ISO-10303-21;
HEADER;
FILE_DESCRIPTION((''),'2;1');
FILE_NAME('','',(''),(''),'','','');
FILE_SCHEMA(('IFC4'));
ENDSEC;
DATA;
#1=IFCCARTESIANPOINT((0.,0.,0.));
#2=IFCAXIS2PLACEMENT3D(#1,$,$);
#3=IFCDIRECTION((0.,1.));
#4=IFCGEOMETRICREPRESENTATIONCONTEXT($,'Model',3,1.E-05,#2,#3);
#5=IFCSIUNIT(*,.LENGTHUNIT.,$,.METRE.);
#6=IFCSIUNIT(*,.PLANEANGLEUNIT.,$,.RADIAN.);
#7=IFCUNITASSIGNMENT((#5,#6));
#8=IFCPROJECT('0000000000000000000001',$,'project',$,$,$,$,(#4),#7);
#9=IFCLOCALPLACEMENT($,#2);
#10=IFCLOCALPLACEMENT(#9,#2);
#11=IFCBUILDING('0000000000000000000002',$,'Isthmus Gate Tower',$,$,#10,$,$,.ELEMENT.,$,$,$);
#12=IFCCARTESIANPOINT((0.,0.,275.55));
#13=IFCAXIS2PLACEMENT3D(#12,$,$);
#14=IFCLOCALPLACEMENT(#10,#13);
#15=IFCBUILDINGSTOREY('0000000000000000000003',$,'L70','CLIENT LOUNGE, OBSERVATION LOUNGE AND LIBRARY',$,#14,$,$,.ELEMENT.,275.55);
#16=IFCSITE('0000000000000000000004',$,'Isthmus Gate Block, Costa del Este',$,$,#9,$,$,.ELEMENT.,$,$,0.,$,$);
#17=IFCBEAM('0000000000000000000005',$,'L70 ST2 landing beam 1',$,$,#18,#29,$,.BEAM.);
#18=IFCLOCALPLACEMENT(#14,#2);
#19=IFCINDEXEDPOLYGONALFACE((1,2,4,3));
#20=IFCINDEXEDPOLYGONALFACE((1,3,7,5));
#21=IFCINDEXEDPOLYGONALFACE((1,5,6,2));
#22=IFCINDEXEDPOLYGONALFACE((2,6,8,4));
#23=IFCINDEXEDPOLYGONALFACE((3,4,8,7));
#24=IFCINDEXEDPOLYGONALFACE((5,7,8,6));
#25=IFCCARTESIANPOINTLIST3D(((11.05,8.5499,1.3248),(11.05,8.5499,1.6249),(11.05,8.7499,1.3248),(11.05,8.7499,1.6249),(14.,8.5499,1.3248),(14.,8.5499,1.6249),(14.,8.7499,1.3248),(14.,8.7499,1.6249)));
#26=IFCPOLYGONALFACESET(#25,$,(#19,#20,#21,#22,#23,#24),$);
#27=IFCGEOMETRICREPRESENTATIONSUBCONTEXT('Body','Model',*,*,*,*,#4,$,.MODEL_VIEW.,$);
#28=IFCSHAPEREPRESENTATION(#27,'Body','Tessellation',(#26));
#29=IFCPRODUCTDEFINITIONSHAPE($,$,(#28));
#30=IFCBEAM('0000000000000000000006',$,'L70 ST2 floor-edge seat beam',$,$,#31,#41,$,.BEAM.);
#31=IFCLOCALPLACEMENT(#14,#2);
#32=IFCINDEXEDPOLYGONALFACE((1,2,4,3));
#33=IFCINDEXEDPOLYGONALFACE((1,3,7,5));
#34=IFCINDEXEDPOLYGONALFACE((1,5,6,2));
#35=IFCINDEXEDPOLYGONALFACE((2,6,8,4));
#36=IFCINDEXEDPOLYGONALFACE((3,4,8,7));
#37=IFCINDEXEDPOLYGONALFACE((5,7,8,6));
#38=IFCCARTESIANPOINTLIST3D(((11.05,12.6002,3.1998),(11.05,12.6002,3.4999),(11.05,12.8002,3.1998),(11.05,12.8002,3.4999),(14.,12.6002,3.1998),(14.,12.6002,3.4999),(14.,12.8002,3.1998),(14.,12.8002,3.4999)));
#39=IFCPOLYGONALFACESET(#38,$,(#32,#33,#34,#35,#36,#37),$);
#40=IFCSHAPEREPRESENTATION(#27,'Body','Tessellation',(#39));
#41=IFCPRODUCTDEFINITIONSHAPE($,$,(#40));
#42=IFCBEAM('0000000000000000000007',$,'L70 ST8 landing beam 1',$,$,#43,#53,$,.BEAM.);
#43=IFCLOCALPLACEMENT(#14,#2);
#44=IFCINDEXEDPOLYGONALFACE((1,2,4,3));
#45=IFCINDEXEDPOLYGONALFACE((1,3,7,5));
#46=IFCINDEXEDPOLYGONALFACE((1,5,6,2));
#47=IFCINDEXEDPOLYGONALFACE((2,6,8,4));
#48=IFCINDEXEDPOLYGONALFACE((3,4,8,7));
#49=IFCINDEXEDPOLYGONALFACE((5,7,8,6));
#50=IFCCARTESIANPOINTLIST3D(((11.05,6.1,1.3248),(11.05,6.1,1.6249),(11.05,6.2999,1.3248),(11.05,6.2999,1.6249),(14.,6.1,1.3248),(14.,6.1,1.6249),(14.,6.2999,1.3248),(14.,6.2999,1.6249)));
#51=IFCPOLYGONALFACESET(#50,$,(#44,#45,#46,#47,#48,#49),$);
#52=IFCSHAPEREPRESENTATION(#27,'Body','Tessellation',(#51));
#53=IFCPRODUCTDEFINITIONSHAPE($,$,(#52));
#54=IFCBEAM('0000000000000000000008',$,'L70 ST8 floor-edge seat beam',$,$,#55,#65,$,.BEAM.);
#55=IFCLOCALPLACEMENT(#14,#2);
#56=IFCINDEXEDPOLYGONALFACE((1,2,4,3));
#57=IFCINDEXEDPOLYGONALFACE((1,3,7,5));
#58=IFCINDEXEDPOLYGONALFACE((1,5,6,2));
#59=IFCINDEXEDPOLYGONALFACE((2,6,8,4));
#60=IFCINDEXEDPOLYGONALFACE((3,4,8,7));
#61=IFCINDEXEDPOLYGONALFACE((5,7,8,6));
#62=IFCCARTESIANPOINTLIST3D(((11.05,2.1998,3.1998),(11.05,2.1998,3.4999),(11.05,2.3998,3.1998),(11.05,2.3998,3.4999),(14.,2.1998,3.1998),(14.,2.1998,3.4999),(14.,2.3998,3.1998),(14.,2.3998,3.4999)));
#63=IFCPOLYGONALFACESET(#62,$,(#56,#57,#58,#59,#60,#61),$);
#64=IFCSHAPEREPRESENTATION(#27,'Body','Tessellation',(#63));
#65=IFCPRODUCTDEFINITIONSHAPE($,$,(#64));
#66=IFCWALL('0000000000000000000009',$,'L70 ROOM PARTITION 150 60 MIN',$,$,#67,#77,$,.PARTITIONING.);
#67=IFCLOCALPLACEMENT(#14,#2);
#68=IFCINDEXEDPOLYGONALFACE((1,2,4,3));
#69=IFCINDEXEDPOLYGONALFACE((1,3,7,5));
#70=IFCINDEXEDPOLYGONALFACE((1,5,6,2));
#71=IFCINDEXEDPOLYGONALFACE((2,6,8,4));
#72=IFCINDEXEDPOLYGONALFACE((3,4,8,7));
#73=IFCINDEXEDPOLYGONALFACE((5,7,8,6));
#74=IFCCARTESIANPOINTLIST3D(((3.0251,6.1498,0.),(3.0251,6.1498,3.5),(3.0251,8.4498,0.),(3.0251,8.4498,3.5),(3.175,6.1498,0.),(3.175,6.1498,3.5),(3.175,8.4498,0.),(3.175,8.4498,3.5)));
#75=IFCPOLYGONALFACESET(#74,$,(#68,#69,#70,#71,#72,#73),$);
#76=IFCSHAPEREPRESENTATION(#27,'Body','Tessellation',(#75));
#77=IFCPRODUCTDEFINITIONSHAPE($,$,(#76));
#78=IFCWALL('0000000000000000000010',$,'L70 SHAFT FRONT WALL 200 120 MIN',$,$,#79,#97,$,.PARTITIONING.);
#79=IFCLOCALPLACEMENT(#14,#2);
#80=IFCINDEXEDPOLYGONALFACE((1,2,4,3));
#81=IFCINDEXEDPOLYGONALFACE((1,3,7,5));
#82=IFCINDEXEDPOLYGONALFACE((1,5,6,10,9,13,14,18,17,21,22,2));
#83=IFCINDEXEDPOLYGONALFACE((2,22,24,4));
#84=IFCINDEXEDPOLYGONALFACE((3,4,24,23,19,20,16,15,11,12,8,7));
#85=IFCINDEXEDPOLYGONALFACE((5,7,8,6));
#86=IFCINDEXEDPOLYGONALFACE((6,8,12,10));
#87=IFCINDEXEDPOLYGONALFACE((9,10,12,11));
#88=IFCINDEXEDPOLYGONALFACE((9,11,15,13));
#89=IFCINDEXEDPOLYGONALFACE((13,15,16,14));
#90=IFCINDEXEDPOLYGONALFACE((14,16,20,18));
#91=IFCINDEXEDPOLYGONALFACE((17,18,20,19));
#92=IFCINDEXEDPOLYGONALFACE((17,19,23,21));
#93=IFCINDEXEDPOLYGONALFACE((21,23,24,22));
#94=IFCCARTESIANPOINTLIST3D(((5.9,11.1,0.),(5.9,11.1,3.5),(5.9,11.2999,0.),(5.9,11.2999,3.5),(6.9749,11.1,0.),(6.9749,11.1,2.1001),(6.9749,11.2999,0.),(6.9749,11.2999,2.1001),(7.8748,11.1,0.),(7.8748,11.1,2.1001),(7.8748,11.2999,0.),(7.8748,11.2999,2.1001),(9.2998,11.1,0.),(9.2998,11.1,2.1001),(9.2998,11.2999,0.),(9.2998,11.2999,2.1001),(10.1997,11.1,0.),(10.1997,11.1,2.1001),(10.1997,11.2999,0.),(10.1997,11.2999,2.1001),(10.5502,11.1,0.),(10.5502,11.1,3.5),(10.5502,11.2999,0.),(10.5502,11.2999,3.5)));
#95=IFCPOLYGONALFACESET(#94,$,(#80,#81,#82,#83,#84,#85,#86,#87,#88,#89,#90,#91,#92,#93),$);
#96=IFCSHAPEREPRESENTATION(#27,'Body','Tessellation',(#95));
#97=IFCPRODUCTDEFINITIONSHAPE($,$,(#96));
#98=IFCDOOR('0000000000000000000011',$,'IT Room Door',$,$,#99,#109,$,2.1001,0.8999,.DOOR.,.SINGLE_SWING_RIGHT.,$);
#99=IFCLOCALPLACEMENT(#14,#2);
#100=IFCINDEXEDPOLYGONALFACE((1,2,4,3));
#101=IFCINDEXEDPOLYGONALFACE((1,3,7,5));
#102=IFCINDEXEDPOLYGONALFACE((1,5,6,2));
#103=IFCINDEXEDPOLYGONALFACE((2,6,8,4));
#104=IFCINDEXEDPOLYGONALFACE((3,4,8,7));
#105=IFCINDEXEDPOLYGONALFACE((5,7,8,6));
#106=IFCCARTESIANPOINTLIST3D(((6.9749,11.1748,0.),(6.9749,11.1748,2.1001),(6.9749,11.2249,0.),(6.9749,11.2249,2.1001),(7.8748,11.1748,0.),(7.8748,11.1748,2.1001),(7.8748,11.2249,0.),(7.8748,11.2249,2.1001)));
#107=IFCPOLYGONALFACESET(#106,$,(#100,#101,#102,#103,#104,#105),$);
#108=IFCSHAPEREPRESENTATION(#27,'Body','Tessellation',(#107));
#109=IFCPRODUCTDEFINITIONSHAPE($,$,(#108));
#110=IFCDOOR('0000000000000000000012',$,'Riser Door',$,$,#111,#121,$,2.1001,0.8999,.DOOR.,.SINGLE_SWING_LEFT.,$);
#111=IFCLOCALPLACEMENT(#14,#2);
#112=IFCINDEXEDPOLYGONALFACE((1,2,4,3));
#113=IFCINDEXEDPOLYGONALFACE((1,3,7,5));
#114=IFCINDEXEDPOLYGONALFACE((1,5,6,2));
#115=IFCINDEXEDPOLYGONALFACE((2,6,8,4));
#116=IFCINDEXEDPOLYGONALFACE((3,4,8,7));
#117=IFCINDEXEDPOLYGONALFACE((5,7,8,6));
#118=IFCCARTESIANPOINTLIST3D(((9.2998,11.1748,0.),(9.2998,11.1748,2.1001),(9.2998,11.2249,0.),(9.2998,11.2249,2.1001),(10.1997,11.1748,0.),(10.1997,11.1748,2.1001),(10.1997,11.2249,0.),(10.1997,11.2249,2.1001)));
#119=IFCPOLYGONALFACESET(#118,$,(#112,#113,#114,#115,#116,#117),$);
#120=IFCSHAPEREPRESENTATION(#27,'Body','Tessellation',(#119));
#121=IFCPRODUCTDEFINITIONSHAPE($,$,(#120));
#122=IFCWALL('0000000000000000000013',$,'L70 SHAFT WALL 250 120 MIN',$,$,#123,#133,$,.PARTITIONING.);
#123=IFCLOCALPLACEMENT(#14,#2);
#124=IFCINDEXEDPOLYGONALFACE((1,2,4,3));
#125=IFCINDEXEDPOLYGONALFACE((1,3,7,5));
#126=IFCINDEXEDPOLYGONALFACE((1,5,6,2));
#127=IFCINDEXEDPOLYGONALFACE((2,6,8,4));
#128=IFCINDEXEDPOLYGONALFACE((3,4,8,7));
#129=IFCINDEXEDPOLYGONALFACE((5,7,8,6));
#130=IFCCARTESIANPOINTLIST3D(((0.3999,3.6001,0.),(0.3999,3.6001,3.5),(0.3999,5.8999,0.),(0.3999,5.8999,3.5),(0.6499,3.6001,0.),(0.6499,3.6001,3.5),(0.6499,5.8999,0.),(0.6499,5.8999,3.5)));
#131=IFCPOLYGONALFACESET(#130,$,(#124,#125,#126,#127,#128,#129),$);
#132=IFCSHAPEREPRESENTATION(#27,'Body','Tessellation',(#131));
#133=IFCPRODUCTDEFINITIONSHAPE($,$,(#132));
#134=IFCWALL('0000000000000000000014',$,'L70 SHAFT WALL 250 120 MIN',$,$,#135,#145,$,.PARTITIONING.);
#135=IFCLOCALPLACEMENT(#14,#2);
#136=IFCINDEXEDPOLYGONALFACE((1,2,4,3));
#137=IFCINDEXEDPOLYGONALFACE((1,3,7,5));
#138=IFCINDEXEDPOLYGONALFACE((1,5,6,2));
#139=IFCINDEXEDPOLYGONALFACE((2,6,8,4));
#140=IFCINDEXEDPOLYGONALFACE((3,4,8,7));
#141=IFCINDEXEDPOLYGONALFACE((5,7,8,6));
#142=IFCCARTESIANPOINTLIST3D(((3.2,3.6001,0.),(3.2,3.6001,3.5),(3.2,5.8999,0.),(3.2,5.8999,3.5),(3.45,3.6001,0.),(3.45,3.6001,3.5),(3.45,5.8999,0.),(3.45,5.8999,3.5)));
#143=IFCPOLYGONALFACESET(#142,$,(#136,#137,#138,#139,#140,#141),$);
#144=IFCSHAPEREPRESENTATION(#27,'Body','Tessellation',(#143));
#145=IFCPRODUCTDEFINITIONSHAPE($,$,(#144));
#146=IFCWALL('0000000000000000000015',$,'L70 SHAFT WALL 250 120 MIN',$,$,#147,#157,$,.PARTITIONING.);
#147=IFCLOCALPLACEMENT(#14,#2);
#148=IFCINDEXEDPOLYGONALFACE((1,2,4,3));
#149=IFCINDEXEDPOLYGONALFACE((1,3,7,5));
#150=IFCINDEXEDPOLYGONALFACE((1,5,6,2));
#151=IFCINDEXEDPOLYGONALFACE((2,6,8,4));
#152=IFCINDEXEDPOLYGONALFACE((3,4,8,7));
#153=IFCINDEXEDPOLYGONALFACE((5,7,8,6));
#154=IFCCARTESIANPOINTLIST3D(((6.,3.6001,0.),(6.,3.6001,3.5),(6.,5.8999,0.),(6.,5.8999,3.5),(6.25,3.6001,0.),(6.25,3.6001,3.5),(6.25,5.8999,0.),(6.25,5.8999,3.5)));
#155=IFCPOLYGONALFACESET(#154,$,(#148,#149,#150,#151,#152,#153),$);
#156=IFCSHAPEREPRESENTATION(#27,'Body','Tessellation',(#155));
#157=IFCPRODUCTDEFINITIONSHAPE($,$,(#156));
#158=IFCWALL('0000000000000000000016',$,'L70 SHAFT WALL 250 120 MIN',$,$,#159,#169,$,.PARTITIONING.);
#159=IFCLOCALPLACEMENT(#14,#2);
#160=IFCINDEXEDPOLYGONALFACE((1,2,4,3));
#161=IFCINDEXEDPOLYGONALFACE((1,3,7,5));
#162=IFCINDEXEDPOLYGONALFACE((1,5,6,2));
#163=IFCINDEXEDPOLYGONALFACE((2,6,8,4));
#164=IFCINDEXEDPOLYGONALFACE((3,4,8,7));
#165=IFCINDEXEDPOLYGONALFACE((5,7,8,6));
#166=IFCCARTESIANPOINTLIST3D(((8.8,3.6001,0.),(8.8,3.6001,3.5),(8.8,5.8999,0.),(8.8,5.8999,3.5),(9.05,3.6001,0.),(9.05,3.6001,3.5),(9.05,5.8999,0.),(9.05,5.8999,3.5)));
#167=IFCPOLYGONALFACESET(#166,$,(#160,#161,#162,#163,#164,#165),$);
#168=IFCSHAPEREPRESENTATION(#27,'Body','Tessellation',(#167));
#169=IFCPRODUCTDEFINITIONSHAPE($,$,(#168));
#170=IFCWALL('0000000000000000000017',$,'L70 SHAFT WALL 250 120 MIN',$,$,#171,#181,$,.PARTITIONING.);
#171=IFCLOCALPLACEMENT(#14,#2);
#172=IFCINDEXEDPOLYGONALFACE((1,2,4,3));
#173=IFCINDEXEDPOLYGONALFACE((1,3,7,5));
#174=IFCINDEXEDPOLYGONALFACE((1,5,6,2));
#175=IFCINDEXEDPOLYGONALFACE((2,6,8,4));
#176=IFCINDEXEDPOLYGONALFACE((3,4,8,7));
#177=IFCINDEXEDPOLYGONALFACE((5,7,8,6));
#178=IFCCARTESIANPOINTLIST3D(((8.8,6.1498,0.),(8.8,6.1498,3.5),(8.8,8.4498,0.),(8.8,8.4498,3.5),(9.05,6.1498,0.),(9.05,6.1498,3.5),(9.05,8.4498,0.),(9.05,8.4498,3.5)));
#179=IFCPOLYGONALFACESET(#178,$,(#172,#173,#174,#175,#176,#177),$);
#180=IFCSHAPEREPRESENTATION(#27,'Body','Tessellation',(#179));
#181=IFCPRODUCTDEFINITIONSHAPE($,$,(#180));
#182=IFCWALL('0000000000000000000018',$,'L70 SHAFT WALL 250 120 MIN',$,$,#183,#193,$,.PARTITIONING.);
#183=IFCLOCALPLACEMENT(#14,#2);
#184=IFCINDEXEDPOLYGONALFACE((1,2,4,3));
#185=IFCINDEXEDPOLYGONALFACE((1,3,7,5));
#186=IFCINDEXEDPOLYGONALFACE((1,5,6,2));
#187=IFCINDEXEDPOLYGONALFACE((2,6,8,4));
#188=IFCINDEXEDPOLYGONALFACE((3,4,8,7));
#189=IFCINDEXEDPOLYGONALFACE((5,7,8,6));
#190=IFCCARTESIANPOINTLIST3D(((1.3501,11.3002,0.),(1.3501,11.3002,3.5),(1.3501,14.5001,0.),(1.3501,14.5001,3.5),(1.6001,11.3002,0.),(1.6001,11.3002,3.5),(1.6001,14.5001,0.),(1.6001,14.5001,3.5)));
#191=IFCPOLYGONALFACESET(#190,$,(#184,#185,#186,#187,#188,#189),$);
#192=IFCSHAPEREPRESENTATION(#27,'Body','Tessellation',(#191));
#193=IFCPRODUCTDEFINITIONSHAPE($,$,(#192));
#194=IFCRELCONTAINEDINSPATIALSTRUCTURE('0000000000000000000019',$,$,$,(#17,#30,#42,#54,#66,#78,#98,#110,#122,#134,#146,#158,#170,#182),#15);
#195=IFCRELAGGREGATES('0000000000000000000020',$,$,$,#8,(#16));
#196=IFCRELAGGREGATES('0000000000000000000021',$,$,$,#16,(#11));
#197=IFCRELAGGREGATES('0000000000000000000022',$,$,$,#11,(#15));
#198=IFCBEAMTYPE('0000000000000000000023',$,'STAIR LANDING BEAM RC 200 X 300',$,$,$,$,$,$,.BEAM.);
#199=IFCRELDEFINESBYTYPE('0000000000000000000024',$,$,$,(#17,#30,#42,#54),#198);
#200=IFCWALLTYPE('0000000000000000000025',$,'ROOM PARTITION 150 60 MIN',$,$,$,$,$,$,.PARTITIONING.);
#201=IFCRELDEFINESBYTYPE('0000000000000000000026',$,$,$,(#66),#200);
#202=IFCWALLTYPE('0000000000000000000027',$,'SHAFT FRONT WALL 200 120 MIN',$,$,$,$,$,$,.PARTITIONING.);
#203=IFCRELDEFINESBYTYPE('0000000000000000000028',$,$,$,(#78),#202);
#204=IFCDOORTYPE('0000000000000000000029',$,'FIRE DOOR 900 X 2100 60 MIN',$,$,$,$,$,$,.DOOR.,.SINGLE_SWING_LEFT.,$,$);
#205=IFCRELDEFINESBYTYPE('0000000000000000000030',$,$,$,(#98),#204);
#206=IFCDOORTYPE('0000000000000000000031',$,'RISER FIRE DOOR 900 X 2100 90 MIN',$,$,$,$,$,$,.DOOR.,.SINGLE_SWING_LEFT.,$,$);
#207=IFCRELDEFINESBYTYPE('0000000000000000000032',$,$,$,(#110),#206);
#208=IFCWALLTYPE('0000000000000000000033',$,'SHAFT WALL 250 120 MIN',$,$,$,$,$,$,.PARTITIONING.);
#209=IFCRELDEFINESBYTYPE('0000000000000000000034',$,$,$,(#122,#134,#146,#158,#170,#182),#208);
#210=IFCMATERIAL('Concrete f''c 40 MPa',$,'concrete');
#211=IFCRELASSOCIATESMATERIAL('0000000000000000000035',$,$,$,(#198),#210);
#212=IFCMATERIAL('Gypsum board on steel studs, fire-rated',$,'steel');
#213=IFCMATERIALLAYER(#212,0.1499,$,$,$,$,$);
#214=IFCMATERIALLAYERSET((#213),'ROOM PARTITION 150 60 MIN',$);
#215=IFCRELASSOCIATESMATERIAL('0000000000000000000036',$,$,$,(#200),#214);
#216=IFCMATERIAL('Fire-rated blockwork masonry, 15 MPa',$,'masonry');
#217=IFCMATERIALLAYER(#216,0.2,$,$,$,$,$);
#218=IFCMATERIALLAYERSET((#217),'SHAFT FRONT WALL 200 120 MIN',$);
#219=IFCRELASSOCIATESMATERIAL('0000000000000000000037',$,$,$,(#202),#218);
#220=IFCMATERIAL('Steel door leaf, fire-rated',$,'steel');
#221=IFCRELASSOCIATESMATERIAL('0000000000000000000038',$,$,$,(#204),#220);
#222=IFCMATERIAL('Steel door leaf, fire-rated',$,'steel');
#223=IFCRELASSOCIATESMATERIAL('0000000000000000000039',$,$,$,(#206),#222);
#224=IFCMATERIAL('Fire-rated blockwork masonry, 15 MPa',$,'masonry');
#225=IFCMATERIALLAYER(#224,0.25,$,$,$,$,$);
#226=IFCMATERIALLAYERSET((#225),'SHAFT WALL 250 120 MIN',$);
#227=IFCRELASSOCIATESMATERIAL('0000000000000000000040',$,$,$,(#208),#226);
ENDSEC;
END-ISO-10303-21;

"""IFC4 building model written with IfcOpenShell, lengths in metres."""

from ifc_helpers import new_model, si_unit, direction, frame, frame_2d, origin, origin_2d, place, context, subcontext, project, spatial, rectangle, extrude, material, layer, layer_set, material_profile, profile_set, type_object, element, fill, save


model = new_model("IFC4")

# Units and contexts
model_context = context("Model", 3, precision=1e-05, world=origin(), true_north=direction((0.0, 1.0)))
body_context = subcontext(model_context, "Body", "Model", "MODEL_VIEW")
ifc_project = project(units=[si_unit("LENGTHUNIT", "METRE"), si_unit("PLANEANGLEUNIT", "RADIAN")], contexts=[model_context])

# Site, building, storey
site_placement = place(None, origin())
site = spatial("IfcSite", under=ifc_project, at=site_placement, Name="Isthmus Gate Block, Costa del Este", CompositionType="ELEMENT", RefElevation=0.0)
building_placement = place(site_placement, origin())
building = spatial("IfcBuilding", under=site, at=building_placement, Name="Isthmus Gate Tower", CompositionType="ELEMENT")
storey_placement = place(building_placement, frame((0.0, 0.0, 275.55)))
storey = spatial("IfcBuildingStorey", under=building, at=storey_placement, Name="L70", Description="CLIENT LOUNGE, OBSERVATION LOUNGE AND LIBRARY", CompositionType="ELEMENT", Elevation=275.55)

# Beams
ifc_material_1 = material(Name="Concrete f'c 40 MPa", Category="concrete")
ifc_material_profile = material_profile(ifc_material_1, rectangle(XDim=0.2, YDim=0.3, at=origin_2d()), Name="STAIR LANDING BEAM RC 200 X 300")
ifc_profile_set = profile_set([ifc_material_profile], Name="Concrete f'c 40 MPa")
beam_type = type_object("IfcBeamType", Name="STAIR LANDING BEAM RC 200 X 300", PredefinedType="BEAM", material=ifc_profile_set)
for number, where, z_axis, x_axis, name in (
    (1, (11.05, 8.6499, 1.4749), (1.0, 0.0, 0.0), (0.0, 1.0, 0.0), "L70 ST2 landing beam 1"),
    (2, (11.05, 12.7002, 3.3499), (1.0, 0.0, 0.0), (0.0, 1.0, 0.0), "L70 ST2 floor-edge seat beam"),
    (3, (11.05, 6.2, 1.4749), (1.0, 0.0, 0.0), (0.0, 1.0, 0.0), "L70 ST8 landing beam 1"),
    (4, (11.05, 2.2998, 3.3499), (1.0, 0.0, 0.0), (0.0, 1.0, 0.0), "L70 ST8 floor-edge seat beam"),
):
    element("IfcBeam", number, at=place(storey_placement, frame(where, z_axis=z_axis, x_axis=x_axis)), inside=storey, type_object=beam_type, Name=name, PredefinedType="BEAM", context=body_context, shape_type="SweptSolid", body=[
        extrude(rectangle(XDim=0.2, YDim=0.3, at=origin_2d()), origin(), (0.0, 0.0, 1.0), 2.95),
    ])

# Wall
ifc_material_2 = material(Name="Gypsum board on steel studs, fire-rated", Category="steel")
ifc_layer_1 = layer(ifc_material_2, 0.1499)
ifc_layer_set_1 = layer_set([ifc_layer_1], Name="ROOM PARTITION 150 60 MIN")
wall_type_1 = type_object("IfcWallType", Name="ROOM PARTITION 150 60 MIN", PredefinedType="PARTITIONING", material=ifc_layer_set_1)
wall_1_placement = place(storey_placement, frame((3.1001, 6.1499, 0.0), z_axis=(0.0, 0.0, 1.0), x_axis=(0.0, 1.0, 0.0)))
element("IfcWall", 5, at=wall_1_placement, inside=storey, type_object=wall_type_1, Name="L70 ROOM PARTITION 150 60 MIN", PredefinedType="PARTITIONING", context=body_context, shape_type="SweptSolid", body=[
    extrude(rectangle(XDim=2.3, YDim=0.1499, at=frame_2d((1.1499, 0.0))), origin(), (0.0, 0.0, 1.0), 3.5),
])

# Wall, openings, doors
ifc_material_3 = material(Name="Fire-rated blockwork masonry, 15 MPa", Category="masonry")
ifc_layer_2 = layer(ifc_material_3, 0.2)
ifc_layer_set_2 = layer_set([ifc_layer_2], Name="SHAFT FRONT WALL 200 120 MIN")
wall_type_2 = type_object("IfcWallType", Name="SHAFT FRONT WALL 200 120 MIN", PredefinedType="PARTITIONING", material=ifc_layer_set_2)
wall_2_placement = place(storey_placement, frame((5.8999, 11.2, 0.0), z_axis=(0.0, 0.0, 1.0), x_axis=(1.0, 0.0, 0.0)))
wall_2 = element("IfcWall", 6, at=wall_2_placement, inside=storey, type_object=wall_type_2, Name="L70 SHAFT FRONT WALL 200 120 MIN", PredefinedType="PARTITIONING", context=body_context, shape_type="SweptSolid", body=[
    extrude(rectangle(XDim=4.6501, YDim=0.2, at=frame_2d((2.3252, 0.0))), origin(), (0.0, 0.0, 1.0), 3.5),
])
opening_1_placement = place(wall_2_placement, frame((1.075, 0.0, 0.0)))
opening_1 = element("IfcOpeningElement", 7, at=opening_1_placement, cuts=wall_2, PredefinedType="OPENING", context=body_context, shape_type="SweptSolid", body=[
    extrude(rectangle(XDim=0.8999, YDim=2.1001, at=frame_2d((0.45, 1.05))), frame((0.0, 0.1099, 0.0), z_axis=(0.0, -1.0, 0.0), x_axis=(1.0, 0.0, 0.0)), (0.0, 0.0, 1.0), 0.22),
])
opening_2_placement = place(wall_2_placement, frame((3.3999, 0.0, 0.0)))
opening_2 = element("IfcOpeningElement", 8, at=opening_2_placement, cuts=wall_2, PredefinedType="OPENING", context=body_context, shape_type="SweptSolid", body=[
    extrude(rectangle(XDim=0.8999, YDim=2.1001, at=frame_2d((0.45, 1.05))), frame((0.0, 0.1099, 0.0), z_axis=(0.0, -1.0, 0.0), x_axis=(1.0, 0.0, 0.0)), (0.0, 0.0, 1.0), 0.22),
])
ifc_material_4 = material(Name="Steel door leaf, fire-rated", Category="steel")
door_type_1 = type_object("IfcDoorType", Name="FIRE DOOR 900 X 2100 60 MIN", OperationType="SINGLE_SWING_LEFT", PredefinedType="DOOR", material=ifc_material_4)
door_1_placement = place(opening_1_placement, origin())
door_1 = element("IfcDoor", 9, at=door_1_placement, inside=storey, type_object=door_type_1, Name="IT Room Door", OperationType="SINGLE_SWING_RIGHT", OverallHeight=2.1001, OverallWidth=0.8999, PredefinedType="DOOR", context=body_context, shape_type="SweptSolid", body=[
    extrude(rectangle(XDim=0.8999, YDim=2.1001, at=frame_2d((0.45, 1.05))), frame((0.0, 0.0249, 0.0), z_axis=(0.0, -1.0, 0.0), x_axis=(1.0, 0.0, 0.0)), (0.0, 0.0, 1.0), 0.05),
])
fill(opening_1, door_1)
ifc_material_5 = material(Name="Steel door leaf, fire-rated", Category="steel")
door_type_2 = type_object("IfcDoorType", Name="RISER FIRE DOOR 900 X 2100 90 MIN", OperationType="SINGLE_SWING_LEFT", PredefinedType="DOOR", material=ifc_material_5)
door_2_placement = place(opening_2_placement, origin())
door_2 = element("IfcDoor", 10, at=door_2_placement, inside=storey, type_object=door_type_2, Name="Riser Door", OperationType="SINGLE_SWING_LEFT", OverallHeight=2.1001, OverallWidth=0.8999, PredefinedType="DOOR", context=body_context, shape_type="SweptSolid", body=[
    extrude(rectangle(XDim=0.8999, YDim=2.1001, at=frame_2d((0.45, 1.05))), frame((0.0, 0.0249, 0.0), z_axis=(0.0, -1.0, 0.0), x_axis=(1.0, 0.0, 0.0)), (0.0, 0.0, 1.0), 0.05),
])
fill(opening_2, door_2)

# Walls
ifc_material_6 = material(Name="Fire-rated blockwork masonry, 15 MPa", Category="masonry")
ifc_layer_3 = layer(ifc_material_6, 0.25)
ifc_layer_set_3 = layer_set([ifc_layer_3], Name="SHAFT WALL 250 120 MIN")
wall_type_3 = type_object("IfcWallType", Name="SHAFT WALL 250 120 MIN", PredefinedType="PARTITIONING", material=ifc_layer_set_3)
for number, where, z_axis, x_axis, name in (
    (11, (0.5249, 3.6001, 0.0), (0.0, 0.0, 1.0), (0.0, 1.0, 0.0), "L70 SHAFT WALL 250 120 MIN"),
    (12, (3.325, 3.6001, 0.0), (0.0, 0.0, 1.0), (0.0, 1.0, 0.0), "L70 SHAFT WALL 250 120 MIN"),
    (13, (6.125, 3.6001, 0.0), (0.0, 0.0, 1.0), (0.0, 1.0, 0.0), "L70 SHAFT WALL 250 120 MIN"),
    (14, (8.925, 3.6001, 0.0), (0.0, 0.0, 1.0), (0.0, 1.0, 0.0), "L70 SHAFT WALL 250 120 MIN"),
):
    element("IfcWall", number, at=place(storey_placement, frame(where, z_axis=z_axis, x_axis=x_axis)), inside=storey, type_object=wall_type_3, Name=name, PredefinedType="PARTITIONING", context=body_context, shape_type="SweptSolid", body=[
        extrude(rectangle(XDim=2.2998, YDim=0.25, at=frame_2d((1.1499, 0.0))), origin(), (0.0, 0.0, 1.0), 3.5),
    ])
wall_3_placement = place(storey_placement, frame((8.925, 6.1499, 0.0), z_axis=(0.0, 0.0, 1.0), x_axis=(0.0, 1.0, 0.0)))
element("IfcWall", 15, at=wall_3_placement, inside=storey, type_object=wall_type_3, Name="L70 SHAFT WALL 250 120 MIN", PredefinedType="PARTITIONING", context=body_context, shape_type="SweptSolid", body=[
    extrude(rectangle(XDim=2.3, YDim=0.25, at=frame_2d((1.1499, 0.0))), origin(), (0.0, 0.0, 1.0), 3.5),
])
for number, where, z_axis, x_axis, name in (
    (16, (1.4751, 11.3, 0.0), (0.0, 0.0, 1.0), (0.0, 1.0, 0.0), "L70 SHAFT WALL 250 120 MIN"),
):
    element("IfcWall", number, at=place(storey_placement, frame(where, z_axis=z_axis, x_axis=x_axis)), inside=storey, type_object=wall_type_3, Name=name, PredefinedType="PARTITIONING", context=body_context, shape_type="SweptSolid", body=[
        extrude(rectangle(XDim=3.2, YDim=0.25, at=frame_2d((1.6001, 0.0))), origin(), (0.0, 0.0, 1.0), 3.5),
    ])

save(model, "model.ifc")
